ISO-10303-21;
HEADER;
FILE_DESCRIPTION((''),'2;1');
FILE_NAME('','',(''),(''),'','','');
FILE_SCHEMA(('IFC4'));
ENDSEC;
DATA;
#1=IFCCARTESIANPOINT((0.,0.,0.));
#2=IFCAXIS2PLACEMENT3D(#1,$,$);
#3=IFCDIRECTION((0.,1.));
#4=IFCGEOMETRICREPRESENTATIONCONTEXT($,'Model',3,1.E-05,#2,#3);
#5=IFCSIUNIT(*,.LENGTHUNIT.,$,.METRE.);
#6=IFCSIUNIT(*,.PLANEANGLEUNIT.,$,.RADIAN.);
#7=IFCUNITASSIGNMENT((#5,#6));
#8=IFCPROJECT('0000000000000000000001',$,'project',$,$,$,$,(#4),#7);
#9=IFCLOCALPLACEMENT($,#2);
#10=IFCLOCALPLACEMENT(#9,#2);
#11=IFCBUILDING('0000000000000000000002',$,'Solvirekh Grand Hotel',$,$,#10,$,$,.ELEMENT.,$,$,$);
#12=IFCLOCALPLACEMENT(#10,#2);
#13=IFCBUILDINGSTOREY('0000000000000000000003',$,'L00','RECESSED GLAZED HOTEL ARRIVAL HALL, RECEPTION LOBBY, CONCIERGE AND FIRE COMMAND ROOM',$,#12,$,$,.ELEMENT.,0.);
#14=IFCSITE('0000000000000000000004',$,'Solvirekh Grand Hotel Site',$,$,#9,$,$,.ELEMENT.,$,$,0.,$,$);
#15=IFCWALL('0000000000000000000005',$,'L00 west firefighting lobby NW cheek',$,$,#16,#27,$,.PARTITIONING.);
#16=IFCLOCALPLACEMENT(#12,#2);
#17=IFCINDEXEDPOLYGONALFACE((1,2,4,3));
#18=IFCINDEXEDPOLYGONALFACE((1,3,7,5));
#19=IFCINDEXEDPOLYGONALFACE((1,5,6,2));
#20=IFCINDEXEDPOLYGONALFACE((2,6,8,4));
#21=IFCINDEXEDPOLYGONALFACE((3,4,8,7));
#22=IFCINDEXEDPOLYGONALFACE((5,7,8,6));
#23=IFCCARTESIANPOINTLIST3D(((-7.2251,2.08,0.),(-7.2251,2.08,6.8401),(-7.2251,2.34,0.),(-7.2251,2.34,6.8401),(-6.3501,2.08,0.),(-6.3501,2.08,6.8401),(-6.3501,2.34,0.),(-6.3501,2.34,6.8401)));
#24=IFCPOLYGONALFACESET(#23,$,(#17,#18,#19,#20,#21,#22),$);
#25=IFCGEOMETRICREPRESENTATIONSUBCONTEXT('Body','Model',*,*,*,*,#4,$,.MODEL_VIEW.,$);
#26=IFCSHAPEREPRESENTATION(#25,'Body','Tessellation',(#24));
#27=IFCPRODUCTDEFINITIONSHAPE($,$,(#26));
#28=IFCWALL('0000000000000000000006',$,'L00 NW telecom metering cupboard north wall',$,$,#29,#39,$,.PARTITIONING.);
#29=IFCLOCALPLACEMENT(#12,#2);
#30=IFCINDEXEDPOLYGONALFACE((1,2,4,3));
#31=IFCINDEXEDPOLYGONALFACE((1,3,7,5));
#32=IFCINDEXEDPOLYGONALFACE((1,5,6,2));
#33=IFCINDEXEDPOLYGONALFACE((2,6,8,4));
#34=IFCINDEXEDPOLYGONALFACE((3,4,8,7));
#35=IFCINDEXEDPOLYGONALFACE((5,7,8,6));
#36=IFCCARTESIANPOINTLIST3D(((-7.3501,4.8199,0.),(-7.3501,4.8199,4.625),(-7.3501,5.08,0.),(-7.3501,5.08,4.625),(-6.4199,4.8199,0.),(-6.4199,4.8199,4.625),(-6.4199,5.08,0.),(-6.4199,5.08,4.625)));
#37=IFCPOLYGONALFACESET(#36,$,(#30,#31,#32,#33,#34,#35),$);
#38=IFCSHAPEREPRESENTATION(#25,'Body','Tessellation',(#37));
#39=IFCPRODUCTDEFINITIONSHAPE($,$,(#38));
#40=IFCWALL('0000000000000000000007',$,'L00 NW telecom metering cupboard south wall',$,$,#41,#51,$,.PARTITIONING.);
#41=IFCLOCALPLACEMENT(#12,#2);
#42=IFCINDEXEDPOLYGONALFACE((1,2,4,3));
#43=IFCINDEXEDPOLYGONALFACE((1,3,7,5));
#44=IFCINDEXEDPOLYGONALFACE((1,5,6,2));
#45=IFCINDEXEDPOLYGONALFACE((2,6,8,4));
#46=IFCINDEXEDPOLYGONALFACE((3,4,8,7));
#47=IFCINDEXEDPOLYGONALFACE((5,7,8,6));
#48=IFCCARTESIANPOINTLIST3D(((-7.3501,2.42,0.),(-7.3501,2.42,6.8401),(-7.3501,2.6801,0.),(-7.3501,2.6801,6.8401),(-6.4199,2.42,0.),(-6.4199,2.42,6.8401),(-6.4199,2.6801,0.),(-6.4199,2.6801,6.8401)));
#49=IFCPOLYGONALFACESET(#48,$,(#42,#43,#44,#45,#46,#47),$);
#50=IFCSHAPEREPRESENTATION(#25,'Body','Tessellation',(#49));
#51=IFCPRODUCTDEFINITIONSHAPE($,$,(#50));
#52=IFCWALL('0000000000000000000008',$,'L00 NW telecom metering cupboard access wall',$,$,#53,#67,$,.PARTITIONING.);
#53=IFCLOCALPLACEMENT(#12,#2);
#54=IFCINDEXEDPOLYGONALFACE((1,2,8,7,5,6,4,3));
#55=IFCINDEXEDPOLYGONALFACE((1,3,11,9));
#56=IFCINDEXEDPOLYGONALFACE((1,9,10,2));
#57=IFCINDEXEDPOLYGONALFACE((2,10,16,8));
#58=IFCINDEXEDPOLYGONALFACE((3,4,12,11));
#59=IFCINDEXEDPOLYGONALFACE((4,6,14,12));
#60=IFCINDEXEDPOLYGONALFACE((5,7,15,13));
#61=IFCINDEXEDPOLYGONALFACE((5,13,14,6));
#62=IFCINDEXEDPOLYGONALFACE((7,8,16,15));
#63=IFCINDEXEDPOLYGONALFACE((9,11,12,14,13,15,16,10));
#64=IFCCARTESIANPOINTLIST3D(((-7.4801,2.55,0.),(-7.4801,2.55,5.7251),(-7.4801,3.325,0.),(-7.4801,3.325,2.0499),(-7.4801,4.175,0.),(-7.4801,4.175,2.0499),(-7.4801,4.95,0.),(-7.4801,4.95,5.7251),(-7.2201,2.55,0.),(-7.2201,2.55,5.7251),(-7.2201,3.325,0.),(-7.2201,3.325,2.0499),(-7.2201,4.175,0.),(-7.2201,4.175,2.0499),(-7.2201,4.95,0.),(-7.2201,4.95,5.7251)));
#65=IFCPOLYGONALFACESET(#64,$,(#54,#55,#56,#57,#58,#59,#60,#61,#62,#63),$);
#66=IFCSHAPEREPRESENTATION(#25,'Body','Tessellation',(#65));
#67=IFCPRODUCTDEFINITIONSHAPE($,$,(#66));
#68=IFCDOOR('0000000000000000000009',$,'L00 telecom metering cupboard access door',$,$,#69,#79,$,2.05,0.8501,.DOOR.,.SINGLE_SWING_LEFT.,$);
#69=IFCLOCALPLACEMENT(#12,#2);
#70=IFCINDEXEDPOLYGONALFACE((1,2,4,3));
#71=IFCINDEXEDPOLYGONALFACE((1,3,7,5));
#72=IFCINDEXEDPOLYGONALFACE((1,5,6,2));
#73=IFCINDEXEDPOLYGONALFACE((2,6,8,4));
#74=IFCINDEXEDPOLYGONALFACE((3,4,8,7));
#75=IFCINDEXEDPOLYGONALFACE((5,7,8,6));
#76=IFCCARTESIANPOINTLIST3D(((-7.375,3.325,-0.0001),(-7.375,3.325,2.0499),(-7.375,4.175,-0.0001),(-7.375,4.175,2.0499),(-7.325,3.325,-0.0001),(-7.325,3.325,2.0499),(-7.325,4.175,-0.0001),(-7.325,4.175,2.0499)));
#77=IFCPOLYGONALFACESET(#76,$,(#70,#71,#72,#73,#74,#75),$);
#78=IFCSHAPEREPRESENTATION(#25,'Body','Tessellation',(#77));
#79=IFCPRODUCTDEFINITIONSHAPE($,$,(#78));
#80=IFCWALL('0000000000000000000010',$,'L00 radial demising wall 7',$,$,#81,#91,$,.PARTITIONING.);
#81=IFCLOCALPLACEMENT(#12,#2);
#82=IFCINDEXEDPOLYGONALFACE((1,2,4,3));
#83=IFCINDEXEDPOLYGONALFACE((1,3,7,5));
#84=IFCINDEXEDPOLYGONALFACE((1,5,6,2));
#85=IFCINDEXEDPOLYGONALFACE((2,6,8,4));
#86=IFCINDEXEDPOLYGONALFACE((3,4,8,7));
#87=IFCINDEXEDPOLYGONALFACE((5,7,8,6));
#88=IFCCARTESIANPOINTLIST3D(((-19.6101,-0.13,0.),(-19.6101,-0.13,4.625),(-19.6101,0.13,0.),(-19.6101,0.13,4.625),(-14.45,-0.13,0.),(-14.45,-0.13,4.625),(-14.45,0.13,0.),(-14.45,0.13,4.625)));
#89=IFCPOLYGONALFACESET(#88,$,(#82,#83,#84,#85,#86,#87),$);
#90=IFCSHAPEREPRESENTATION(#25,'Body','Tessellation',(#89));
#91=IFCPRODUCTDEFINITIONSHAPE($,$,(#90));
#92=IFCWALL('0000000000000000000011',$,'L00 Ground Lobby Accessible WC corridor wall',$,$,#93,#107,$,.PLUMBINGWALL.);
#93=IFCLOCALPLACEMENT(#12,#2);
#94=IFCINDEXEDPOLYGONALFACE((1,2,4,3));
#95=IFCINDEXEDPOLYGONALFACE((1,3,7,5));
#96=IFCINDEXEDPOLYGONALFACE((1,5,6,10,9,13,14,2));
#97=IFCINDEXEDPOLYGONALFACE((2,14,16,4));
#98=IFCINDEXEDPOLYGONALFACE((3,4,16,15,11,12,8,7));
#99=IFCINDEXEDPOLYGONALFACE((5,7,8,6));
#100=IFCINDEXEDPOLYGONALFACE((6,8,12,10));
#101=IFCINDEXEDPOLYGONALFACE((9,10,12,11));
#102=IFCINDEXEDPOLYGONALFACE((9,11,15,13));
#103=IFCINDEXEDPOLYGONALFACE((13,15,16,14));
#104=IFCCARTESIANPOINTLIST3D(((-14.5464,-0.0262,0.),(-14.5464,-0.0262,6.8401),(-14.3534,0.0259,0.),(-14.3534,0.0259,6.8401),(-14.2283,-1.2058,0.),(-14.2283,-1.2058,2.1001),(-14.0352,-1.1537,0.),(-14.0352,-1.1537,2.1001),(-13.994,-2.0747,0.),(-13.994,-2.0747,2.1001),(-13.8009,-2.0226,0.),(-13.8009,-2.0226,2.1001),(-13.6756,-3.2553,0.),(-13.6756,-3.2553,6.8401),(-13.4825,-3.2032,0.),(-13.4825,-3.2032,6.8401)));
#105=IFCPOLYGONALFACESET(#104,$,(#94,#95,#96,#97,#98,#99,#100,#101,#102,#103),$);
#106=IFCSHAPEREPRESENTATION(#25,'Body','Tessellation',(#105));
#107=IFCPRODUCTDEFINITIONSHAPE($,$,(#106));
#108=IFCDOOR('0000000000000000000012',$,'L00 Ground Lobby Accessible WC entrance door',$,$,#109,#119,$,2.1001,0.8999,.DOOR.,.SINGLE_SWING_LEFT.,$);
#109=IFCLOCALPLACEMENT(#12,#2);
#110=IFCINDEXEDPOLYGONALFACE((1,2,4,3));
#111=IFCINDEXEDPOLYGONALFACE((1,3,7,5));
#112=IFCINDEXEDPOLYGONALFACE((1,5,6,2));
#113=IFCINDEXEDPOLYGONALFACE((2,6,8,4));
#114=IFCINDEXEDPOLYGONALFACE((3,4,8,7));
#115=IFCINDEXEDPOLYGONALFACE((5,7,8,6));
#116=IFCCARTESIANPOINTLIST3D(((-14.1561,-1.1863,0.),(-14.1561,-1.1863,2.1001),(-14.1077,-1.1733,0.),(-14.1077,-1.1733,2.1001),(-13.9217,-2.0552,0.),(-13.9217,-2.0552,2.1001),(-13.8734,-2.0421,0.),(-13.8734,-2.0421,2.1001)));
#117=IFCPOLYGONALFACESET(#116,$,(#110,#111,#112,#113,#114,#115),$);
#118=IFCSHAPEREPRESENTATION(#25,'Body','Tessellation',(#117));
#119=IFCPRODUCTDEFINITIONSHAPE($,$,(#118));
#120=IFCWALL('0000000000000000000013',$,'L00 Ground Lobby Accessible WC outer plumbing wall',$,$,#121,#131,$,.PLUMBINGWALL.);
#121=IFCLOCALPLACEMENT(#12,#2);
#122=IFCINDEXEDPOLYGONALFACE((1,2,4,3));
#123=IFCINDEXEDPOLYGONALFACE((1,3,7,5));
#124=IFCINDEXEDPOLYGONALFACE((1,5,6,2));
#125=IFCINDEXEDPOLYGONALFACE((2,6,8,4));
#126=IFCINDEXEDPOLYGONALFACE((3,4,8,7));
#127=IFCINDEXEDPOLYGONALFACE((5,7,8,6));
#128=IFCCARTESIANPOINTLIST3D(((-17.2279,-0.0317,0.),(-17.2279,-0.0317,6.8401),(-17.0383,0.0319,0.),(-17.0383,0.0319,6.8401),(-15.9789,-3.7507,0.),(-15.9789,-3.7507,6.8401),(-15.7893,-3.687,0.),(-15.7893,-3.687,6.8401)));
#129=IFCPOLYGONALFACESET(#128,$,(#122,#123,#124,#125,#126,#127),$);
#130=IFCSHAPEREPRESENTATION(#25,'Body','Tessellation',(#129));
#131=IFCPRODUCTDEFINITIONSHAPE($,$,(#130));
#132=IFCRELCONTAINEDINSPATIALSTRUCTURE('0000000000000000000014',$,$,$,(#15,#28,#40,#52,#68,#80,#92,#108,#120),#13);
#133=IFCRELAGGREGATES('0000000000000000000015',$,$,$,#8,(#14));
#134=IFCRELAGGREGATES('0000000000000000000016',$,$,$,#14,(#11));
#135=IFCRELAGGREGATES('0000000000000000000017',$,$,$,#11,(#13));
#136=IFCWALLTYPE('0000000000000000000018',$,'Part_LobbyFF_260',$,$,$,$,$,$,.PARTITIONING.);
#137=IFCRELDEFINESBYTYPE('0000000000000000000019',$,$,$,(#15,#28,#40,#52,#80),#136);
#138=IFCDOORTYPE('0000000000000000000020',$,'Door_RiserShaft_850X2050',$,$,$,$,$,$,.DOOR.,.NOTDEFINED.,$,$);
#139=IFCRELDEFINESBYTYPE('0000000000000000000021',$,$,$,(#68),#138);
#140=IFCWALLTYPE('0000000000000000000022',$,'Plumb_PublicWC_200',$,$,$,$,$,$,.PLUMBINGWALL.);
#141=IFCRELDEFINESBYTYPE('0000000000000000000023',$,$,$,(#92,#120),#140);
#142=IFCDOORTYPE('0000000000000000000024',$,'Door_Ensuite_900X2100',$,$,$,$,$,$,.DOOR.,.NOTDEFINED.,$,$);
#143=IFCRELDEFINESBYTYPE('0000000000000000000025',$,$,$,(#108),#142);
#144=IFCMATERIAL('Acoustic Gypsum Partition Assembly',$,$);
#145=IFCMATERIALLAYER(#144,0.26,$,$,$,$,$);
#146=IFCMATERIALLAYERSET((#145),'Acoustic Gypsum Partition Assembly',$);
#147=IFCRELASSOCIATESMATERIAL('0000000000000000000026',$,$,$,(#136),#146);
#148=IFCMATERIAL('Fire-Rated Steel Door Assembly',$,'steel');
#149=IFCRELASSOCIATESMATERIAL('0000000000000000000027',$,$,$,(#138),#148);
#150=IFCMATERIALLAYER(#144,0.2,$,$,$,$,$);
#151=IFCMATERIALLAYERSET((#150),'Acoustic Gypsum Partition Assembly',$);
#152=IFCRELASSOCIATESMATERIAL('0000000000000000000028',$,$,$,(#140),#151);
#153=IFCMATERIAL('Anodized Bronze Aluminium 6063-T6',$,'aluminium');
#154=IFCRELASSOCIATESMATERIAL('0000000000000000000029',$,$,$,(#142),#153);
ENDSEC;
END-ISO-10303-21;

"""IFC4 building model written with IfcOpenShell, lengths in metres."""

from ifc_helpers import new_model, si_unit, direction, frame, frame_2d, origin, place, context, subcontext, project, spatial, rectangle, extrude, material, layer, layer_set, type_object, element, fill, save


model = new_model("IFC4")

# Units and contexts
model_context = context("Model", 3, precision=1e-05, world=origin(), true_north=direction((0.0, 1.0)))
body_context = subcontext(model_context, "Body", "Model", "MODEL_VIEW")
ifc_project = project(units=[si_unit("LENGTHUNIT", "METRE"), si_unit("PLANEANGLEUNIT", "RADIAN")], contexts=[model_context])

# Site, building, storey
site_placement = place(None, origin())
site = spatial("IfcSite", under=ifc_project, at=site_placement, Name="Solvirekh Grand Hotel Site", CompositionType="ELEMENT", RefElevation=0.0)
building_placement = place(site_placement, origin())
building = spatial("IfcBuilding", under=site, at=building_placement, Name="Solvirekh Grand Hotel", CompositionType="ELEMENT")
storey_placement = place(building_placement, origin())
storey = spatial("IfcBuildingStorey", under=building, at=storey_placement, Name="L00", Description="RECESSED GLAZED HOTEL ARRIVAL HALL, RECEPTION LOBBY, CONCIERGE AND FIRE COMMAND ROOM", CompositionType="ELEMENT", Elevation=0.0)

# Shared definitions
ifc_material_1 = material(Name="Fire-Rated Steel Door Assembly", Category="steel")

# Shared definitions
ifc_material_2 = material(Name="Anodized Bronze Aluminium 6063-T6", Category="aluminium")

# Walls
ifc_material_3 = material(Name="Acoustic Gypsum Partition Assembly")
ifc_layer_1 = layer(ifc_material_3, 0.26)
ifc_layer_set_1 = layer_set([ifc_layer_1], Name="Acoustic Gypsum Partition Assembly")
wall_type_1 = type_object("IfcWallType", Name="Part_LobbyFF_260", PredefinedType="PARTITIONING", material=ifc_layer_set_1)
wall_1_placement = place(storey_placement, frame((-7.2251, 2.21, 0.0), z_axis=(0.0, 0.0, 1.0), x_axis=(1.0, 0.0, 0.0)))
element("IfcWall", 1, at=wall_1_placement, inside=storey, type_object=wall_type_1, Name="L00 west firefighting lobby NW cheek", PredefinedType="PARTITIONING", context=body_context, shape_type="SweptSolid", body=[
    extrude(rectangle(XDim=0.875, YDim=0.26, at=frame_2d((0.4375, 0.0))), origin(), (0.0, 0.0, 1.0), 6.8401),
])
wall_2_placement = place(storey_placement, frame((-7.3501, 4.95, 0.0), z_axis=(0.0, 0.0, 1.0), x_axis=(1.0, 0.0, 0.0)))
element("IfcWall", 2, at=wall_2_placement, inside=storey, type_object=wall_type_1, Name="L00 NW telecom metering cupboard north wall", PredefinedType="PARTITIONING", context=body_context, shape_type="SweptSolid", body=[
    extrude(rectangle(XDim=0.9302, YDim=0.26, at=frame_2d((0.4651, 0.0))), origin(), (0.0, 0.0, 1.0), 4.625),
])
wall_3_placement = place(storey_placement, frame((-7.3501, 2.55, 0.0), z_axis=(0.0, 0.0, 1.0), x_axis=(1.0, 0.0, 0.0)))
element("IfcWall", 3, at=wall_3_placement, inside=storey, type_object=wall_type_1, Name="L00 NW telecom metering cupboard south wall", PredefinedType="PARTITIONING", context=body_context, shape_type="SweptSolid", body=[
    extrude(rectangle(XDim=0.9302, YDim=0.26, at=frame_2d((0.4651, 0.0))), origin(), (0.0, 0.0, 1.0), 6.8401),
])

# Wall, opening, door
wall_4_placement = place(storey_placement, frame((-7.3501, 2.55, 0.0), z_axis=(0.0, 0.0, 1.0), x_axis=(0.0, 1.0, 0.0)))
wall_4 = element("IfcWall", 4, at=wall_4_placement, inside=storey, type_object=wall_type_1, Name="L00 NW telecom metering cupboard access wall", PredefinedType="PARTITIONING", context=body_context, shape_type="SweptSolid", body=[
    extrude(rectangle(XDim=2.3999, YDim=0.26, at=frame_2d((1.2, 0.0))), origin(), (0.0, 0.0, 1.0), 5.7251),
])
opening_1_placement = place(wall_4_placement, frame((0.7749, 0.0, 0.0)))
opening_1 = element("IfcOpeningElement", 5, at=opening_1_placement, cuts=wall_4, PredefinedType="OPENING", context=body_context, shape_type="SweptSolid", body=[
    extrude(rectangle(XDim=0.8501, YDim=2.05, at=frame_2d((0.425, 1.0249))), frame((0.0, 0.1401, 0.0), z_axis=(0.0, -1.0, 0.0), x_axis=(1.0, 0.0, 0.0)), (0.0, 0.0, 1.0), 0.28),
])
door_type_1 = type_object("IfcDoorType", Name="Door_RiserShaft_850X2050", OperationType="NOTDEFINED", PredefinedType="DOOR", material=ifc_material_1)
door_1_placement = place(opening_1_placement, origin())
door_1 = element("IfcDoor", 6, at=door_1_placement, inside=storey, type_object=door_type_1, Name="L00 telecom metering cupboard access door", OperationType="SINGLE_SWING_LEFT", OverallHeight=2.05, OverallWidth=0.8501, PredefinedType="DOOR", context=body_context, shape_type="SweptSolid", body=[
    extrude(rectangle(XDim=0.8501, YDim=2.05, at=frame_2d((0.425, 1.0249))), frame((0.0, 0.0249, 0.0), z_axis=(0.0, -1.0, 0.0), x_axis=(1.0, 0.0, 0.0)), (0.0, 0.0, 1.0), 0.05),
])
fill(opening_1, door_1)

# Wall
wall_5_placement = place(storey_placement, frame((-14.45, 0.0, 0.0), z_axis=(0.0, 0.0, 1.0), x_axis=(-1.0, 0.0, 0.0)))
element("IfcWall", 7, at=wall_5_placement, inside=storey, type_object=wall_type_1, Name="L00 radial demising wall 7", PredefinedType="PARTITIONING", context=body_context, shape_type="SweptSolid", body=[
    extrude(rectangle(XDim=5.1602, YDim=0.26, at=frame_2d((2.5801, 0.0))), origin(), (0.0, 0.0, 1.0), 4.625),
])

# Wall, opening, door
ifc_layer_2 = layer(ifc_material_3, 0.2)
ifc_layer_set_2 = layer_set([ifc_layer_2], Name="Acoustic Gypsum Partition Assembly")
wall_type_2 = type_object("IfcWallType", Name="Plumb_PublicWC_200", PredefinedType="PLUMBINGWALL", material=ifc_layer_set_2)
wall_6_placement = place(storey_placement, frame((-14.45, 0.0, 0.0), z_axis=(0.0, 0.0, 1.0), x_axis=(0.260392, -0.965503, 0.0)))
wall_6 = element("IfcWall", 8, at=wall_6_placement, inside=storey, type_object=wall_type_2, Name="L00 Ground Lobby Accessible WC corridor wall", PredefinedType="PLUMBINGWALL", context=body_context, shape_type="SweptSolid", body=[
    extrude(rectangle(XDim=3.3445, YDim=0.2, at=frame_2d((1.6724, 0.0))), origin(), (0.0, 0.0, 1.0), 6.8401),
])
opening_2_placement = place(wall_6_placement, frame((1.2219, 0.0, 0.0)))
opening_2 = element("IfcOpeningElement", 9, at=opening_2_placement, cuts=wall_6, PredefinedType="OPENING", context=body_context, shape_type="SweptSolid", body=[
    extrude(rectangle(XDim=0.8999, YDim=2.1001, at=frame_2d((0.45, 1.05))), frame((0.0, 0.1099, 0.0), z_axis=(0.0, -1.0, 0.0), x_axis=(1.0, 0.0, 0.0)), (0.0, 0.0, 1.0), 0.22),
])
door_type_2 = type_object("IfcDoorType", Name="Door_Ensuite_900X2100", OperationType="NOTDEFINED", PredefinedType="DOOR", material=ifc_material_2)
door_2_placement = place(opening_2_placement, origin())
door_2 = element("IfcDoor", 10, at=door_2_placement, inside=storey, type_object=door_type_2, Name="L00 Ground Lobby Accessible WC entrance door", OperationType="SINGLE_SWING_LEFT", OverallHeight=2.1001, OverallWidth=0.8999, PredefinedType="DOOR", context=body_context, shape_type="SweptSolid", body=[
    extrude(rectangle(XDim=0.8999, YDim=2.1001, at=frame_2d((0.45, 1.05))), frame((0.0, 0.0249, 0.0), z_axis=(0.0, -1.0, 0.0), x_axis=(1.0, 0.0, 0.0)), (0.0, 0.0, 1.0), 0.05),
])
fill(opening_2, door_2)

# Wall
wall_7_placement = place(storey_placement, frame((-17.1331, 0.0, 0.0), z_axis=(0.0, 0.0, 1.0), x_axis=(0.318374, -0.947965, 0.0)))
element("IfcWall", 11, at=wall_7_placement, inside=storey, type_object=wall_type_2, Name="L00 Ground Lobby Accessible WC outer plumbing wall", PredefinedType="PLUMBINGWALL", context=body_context, shape_type="SweptSolid", body=[
    extrude(rectangle(XDim=3.9231, YDim=0.2, at=frame_2d((1.9614, 0.0))), origin(), (0.0, 0.0, 1.0), 6.8401),
])

save(model, "model.ifc")
